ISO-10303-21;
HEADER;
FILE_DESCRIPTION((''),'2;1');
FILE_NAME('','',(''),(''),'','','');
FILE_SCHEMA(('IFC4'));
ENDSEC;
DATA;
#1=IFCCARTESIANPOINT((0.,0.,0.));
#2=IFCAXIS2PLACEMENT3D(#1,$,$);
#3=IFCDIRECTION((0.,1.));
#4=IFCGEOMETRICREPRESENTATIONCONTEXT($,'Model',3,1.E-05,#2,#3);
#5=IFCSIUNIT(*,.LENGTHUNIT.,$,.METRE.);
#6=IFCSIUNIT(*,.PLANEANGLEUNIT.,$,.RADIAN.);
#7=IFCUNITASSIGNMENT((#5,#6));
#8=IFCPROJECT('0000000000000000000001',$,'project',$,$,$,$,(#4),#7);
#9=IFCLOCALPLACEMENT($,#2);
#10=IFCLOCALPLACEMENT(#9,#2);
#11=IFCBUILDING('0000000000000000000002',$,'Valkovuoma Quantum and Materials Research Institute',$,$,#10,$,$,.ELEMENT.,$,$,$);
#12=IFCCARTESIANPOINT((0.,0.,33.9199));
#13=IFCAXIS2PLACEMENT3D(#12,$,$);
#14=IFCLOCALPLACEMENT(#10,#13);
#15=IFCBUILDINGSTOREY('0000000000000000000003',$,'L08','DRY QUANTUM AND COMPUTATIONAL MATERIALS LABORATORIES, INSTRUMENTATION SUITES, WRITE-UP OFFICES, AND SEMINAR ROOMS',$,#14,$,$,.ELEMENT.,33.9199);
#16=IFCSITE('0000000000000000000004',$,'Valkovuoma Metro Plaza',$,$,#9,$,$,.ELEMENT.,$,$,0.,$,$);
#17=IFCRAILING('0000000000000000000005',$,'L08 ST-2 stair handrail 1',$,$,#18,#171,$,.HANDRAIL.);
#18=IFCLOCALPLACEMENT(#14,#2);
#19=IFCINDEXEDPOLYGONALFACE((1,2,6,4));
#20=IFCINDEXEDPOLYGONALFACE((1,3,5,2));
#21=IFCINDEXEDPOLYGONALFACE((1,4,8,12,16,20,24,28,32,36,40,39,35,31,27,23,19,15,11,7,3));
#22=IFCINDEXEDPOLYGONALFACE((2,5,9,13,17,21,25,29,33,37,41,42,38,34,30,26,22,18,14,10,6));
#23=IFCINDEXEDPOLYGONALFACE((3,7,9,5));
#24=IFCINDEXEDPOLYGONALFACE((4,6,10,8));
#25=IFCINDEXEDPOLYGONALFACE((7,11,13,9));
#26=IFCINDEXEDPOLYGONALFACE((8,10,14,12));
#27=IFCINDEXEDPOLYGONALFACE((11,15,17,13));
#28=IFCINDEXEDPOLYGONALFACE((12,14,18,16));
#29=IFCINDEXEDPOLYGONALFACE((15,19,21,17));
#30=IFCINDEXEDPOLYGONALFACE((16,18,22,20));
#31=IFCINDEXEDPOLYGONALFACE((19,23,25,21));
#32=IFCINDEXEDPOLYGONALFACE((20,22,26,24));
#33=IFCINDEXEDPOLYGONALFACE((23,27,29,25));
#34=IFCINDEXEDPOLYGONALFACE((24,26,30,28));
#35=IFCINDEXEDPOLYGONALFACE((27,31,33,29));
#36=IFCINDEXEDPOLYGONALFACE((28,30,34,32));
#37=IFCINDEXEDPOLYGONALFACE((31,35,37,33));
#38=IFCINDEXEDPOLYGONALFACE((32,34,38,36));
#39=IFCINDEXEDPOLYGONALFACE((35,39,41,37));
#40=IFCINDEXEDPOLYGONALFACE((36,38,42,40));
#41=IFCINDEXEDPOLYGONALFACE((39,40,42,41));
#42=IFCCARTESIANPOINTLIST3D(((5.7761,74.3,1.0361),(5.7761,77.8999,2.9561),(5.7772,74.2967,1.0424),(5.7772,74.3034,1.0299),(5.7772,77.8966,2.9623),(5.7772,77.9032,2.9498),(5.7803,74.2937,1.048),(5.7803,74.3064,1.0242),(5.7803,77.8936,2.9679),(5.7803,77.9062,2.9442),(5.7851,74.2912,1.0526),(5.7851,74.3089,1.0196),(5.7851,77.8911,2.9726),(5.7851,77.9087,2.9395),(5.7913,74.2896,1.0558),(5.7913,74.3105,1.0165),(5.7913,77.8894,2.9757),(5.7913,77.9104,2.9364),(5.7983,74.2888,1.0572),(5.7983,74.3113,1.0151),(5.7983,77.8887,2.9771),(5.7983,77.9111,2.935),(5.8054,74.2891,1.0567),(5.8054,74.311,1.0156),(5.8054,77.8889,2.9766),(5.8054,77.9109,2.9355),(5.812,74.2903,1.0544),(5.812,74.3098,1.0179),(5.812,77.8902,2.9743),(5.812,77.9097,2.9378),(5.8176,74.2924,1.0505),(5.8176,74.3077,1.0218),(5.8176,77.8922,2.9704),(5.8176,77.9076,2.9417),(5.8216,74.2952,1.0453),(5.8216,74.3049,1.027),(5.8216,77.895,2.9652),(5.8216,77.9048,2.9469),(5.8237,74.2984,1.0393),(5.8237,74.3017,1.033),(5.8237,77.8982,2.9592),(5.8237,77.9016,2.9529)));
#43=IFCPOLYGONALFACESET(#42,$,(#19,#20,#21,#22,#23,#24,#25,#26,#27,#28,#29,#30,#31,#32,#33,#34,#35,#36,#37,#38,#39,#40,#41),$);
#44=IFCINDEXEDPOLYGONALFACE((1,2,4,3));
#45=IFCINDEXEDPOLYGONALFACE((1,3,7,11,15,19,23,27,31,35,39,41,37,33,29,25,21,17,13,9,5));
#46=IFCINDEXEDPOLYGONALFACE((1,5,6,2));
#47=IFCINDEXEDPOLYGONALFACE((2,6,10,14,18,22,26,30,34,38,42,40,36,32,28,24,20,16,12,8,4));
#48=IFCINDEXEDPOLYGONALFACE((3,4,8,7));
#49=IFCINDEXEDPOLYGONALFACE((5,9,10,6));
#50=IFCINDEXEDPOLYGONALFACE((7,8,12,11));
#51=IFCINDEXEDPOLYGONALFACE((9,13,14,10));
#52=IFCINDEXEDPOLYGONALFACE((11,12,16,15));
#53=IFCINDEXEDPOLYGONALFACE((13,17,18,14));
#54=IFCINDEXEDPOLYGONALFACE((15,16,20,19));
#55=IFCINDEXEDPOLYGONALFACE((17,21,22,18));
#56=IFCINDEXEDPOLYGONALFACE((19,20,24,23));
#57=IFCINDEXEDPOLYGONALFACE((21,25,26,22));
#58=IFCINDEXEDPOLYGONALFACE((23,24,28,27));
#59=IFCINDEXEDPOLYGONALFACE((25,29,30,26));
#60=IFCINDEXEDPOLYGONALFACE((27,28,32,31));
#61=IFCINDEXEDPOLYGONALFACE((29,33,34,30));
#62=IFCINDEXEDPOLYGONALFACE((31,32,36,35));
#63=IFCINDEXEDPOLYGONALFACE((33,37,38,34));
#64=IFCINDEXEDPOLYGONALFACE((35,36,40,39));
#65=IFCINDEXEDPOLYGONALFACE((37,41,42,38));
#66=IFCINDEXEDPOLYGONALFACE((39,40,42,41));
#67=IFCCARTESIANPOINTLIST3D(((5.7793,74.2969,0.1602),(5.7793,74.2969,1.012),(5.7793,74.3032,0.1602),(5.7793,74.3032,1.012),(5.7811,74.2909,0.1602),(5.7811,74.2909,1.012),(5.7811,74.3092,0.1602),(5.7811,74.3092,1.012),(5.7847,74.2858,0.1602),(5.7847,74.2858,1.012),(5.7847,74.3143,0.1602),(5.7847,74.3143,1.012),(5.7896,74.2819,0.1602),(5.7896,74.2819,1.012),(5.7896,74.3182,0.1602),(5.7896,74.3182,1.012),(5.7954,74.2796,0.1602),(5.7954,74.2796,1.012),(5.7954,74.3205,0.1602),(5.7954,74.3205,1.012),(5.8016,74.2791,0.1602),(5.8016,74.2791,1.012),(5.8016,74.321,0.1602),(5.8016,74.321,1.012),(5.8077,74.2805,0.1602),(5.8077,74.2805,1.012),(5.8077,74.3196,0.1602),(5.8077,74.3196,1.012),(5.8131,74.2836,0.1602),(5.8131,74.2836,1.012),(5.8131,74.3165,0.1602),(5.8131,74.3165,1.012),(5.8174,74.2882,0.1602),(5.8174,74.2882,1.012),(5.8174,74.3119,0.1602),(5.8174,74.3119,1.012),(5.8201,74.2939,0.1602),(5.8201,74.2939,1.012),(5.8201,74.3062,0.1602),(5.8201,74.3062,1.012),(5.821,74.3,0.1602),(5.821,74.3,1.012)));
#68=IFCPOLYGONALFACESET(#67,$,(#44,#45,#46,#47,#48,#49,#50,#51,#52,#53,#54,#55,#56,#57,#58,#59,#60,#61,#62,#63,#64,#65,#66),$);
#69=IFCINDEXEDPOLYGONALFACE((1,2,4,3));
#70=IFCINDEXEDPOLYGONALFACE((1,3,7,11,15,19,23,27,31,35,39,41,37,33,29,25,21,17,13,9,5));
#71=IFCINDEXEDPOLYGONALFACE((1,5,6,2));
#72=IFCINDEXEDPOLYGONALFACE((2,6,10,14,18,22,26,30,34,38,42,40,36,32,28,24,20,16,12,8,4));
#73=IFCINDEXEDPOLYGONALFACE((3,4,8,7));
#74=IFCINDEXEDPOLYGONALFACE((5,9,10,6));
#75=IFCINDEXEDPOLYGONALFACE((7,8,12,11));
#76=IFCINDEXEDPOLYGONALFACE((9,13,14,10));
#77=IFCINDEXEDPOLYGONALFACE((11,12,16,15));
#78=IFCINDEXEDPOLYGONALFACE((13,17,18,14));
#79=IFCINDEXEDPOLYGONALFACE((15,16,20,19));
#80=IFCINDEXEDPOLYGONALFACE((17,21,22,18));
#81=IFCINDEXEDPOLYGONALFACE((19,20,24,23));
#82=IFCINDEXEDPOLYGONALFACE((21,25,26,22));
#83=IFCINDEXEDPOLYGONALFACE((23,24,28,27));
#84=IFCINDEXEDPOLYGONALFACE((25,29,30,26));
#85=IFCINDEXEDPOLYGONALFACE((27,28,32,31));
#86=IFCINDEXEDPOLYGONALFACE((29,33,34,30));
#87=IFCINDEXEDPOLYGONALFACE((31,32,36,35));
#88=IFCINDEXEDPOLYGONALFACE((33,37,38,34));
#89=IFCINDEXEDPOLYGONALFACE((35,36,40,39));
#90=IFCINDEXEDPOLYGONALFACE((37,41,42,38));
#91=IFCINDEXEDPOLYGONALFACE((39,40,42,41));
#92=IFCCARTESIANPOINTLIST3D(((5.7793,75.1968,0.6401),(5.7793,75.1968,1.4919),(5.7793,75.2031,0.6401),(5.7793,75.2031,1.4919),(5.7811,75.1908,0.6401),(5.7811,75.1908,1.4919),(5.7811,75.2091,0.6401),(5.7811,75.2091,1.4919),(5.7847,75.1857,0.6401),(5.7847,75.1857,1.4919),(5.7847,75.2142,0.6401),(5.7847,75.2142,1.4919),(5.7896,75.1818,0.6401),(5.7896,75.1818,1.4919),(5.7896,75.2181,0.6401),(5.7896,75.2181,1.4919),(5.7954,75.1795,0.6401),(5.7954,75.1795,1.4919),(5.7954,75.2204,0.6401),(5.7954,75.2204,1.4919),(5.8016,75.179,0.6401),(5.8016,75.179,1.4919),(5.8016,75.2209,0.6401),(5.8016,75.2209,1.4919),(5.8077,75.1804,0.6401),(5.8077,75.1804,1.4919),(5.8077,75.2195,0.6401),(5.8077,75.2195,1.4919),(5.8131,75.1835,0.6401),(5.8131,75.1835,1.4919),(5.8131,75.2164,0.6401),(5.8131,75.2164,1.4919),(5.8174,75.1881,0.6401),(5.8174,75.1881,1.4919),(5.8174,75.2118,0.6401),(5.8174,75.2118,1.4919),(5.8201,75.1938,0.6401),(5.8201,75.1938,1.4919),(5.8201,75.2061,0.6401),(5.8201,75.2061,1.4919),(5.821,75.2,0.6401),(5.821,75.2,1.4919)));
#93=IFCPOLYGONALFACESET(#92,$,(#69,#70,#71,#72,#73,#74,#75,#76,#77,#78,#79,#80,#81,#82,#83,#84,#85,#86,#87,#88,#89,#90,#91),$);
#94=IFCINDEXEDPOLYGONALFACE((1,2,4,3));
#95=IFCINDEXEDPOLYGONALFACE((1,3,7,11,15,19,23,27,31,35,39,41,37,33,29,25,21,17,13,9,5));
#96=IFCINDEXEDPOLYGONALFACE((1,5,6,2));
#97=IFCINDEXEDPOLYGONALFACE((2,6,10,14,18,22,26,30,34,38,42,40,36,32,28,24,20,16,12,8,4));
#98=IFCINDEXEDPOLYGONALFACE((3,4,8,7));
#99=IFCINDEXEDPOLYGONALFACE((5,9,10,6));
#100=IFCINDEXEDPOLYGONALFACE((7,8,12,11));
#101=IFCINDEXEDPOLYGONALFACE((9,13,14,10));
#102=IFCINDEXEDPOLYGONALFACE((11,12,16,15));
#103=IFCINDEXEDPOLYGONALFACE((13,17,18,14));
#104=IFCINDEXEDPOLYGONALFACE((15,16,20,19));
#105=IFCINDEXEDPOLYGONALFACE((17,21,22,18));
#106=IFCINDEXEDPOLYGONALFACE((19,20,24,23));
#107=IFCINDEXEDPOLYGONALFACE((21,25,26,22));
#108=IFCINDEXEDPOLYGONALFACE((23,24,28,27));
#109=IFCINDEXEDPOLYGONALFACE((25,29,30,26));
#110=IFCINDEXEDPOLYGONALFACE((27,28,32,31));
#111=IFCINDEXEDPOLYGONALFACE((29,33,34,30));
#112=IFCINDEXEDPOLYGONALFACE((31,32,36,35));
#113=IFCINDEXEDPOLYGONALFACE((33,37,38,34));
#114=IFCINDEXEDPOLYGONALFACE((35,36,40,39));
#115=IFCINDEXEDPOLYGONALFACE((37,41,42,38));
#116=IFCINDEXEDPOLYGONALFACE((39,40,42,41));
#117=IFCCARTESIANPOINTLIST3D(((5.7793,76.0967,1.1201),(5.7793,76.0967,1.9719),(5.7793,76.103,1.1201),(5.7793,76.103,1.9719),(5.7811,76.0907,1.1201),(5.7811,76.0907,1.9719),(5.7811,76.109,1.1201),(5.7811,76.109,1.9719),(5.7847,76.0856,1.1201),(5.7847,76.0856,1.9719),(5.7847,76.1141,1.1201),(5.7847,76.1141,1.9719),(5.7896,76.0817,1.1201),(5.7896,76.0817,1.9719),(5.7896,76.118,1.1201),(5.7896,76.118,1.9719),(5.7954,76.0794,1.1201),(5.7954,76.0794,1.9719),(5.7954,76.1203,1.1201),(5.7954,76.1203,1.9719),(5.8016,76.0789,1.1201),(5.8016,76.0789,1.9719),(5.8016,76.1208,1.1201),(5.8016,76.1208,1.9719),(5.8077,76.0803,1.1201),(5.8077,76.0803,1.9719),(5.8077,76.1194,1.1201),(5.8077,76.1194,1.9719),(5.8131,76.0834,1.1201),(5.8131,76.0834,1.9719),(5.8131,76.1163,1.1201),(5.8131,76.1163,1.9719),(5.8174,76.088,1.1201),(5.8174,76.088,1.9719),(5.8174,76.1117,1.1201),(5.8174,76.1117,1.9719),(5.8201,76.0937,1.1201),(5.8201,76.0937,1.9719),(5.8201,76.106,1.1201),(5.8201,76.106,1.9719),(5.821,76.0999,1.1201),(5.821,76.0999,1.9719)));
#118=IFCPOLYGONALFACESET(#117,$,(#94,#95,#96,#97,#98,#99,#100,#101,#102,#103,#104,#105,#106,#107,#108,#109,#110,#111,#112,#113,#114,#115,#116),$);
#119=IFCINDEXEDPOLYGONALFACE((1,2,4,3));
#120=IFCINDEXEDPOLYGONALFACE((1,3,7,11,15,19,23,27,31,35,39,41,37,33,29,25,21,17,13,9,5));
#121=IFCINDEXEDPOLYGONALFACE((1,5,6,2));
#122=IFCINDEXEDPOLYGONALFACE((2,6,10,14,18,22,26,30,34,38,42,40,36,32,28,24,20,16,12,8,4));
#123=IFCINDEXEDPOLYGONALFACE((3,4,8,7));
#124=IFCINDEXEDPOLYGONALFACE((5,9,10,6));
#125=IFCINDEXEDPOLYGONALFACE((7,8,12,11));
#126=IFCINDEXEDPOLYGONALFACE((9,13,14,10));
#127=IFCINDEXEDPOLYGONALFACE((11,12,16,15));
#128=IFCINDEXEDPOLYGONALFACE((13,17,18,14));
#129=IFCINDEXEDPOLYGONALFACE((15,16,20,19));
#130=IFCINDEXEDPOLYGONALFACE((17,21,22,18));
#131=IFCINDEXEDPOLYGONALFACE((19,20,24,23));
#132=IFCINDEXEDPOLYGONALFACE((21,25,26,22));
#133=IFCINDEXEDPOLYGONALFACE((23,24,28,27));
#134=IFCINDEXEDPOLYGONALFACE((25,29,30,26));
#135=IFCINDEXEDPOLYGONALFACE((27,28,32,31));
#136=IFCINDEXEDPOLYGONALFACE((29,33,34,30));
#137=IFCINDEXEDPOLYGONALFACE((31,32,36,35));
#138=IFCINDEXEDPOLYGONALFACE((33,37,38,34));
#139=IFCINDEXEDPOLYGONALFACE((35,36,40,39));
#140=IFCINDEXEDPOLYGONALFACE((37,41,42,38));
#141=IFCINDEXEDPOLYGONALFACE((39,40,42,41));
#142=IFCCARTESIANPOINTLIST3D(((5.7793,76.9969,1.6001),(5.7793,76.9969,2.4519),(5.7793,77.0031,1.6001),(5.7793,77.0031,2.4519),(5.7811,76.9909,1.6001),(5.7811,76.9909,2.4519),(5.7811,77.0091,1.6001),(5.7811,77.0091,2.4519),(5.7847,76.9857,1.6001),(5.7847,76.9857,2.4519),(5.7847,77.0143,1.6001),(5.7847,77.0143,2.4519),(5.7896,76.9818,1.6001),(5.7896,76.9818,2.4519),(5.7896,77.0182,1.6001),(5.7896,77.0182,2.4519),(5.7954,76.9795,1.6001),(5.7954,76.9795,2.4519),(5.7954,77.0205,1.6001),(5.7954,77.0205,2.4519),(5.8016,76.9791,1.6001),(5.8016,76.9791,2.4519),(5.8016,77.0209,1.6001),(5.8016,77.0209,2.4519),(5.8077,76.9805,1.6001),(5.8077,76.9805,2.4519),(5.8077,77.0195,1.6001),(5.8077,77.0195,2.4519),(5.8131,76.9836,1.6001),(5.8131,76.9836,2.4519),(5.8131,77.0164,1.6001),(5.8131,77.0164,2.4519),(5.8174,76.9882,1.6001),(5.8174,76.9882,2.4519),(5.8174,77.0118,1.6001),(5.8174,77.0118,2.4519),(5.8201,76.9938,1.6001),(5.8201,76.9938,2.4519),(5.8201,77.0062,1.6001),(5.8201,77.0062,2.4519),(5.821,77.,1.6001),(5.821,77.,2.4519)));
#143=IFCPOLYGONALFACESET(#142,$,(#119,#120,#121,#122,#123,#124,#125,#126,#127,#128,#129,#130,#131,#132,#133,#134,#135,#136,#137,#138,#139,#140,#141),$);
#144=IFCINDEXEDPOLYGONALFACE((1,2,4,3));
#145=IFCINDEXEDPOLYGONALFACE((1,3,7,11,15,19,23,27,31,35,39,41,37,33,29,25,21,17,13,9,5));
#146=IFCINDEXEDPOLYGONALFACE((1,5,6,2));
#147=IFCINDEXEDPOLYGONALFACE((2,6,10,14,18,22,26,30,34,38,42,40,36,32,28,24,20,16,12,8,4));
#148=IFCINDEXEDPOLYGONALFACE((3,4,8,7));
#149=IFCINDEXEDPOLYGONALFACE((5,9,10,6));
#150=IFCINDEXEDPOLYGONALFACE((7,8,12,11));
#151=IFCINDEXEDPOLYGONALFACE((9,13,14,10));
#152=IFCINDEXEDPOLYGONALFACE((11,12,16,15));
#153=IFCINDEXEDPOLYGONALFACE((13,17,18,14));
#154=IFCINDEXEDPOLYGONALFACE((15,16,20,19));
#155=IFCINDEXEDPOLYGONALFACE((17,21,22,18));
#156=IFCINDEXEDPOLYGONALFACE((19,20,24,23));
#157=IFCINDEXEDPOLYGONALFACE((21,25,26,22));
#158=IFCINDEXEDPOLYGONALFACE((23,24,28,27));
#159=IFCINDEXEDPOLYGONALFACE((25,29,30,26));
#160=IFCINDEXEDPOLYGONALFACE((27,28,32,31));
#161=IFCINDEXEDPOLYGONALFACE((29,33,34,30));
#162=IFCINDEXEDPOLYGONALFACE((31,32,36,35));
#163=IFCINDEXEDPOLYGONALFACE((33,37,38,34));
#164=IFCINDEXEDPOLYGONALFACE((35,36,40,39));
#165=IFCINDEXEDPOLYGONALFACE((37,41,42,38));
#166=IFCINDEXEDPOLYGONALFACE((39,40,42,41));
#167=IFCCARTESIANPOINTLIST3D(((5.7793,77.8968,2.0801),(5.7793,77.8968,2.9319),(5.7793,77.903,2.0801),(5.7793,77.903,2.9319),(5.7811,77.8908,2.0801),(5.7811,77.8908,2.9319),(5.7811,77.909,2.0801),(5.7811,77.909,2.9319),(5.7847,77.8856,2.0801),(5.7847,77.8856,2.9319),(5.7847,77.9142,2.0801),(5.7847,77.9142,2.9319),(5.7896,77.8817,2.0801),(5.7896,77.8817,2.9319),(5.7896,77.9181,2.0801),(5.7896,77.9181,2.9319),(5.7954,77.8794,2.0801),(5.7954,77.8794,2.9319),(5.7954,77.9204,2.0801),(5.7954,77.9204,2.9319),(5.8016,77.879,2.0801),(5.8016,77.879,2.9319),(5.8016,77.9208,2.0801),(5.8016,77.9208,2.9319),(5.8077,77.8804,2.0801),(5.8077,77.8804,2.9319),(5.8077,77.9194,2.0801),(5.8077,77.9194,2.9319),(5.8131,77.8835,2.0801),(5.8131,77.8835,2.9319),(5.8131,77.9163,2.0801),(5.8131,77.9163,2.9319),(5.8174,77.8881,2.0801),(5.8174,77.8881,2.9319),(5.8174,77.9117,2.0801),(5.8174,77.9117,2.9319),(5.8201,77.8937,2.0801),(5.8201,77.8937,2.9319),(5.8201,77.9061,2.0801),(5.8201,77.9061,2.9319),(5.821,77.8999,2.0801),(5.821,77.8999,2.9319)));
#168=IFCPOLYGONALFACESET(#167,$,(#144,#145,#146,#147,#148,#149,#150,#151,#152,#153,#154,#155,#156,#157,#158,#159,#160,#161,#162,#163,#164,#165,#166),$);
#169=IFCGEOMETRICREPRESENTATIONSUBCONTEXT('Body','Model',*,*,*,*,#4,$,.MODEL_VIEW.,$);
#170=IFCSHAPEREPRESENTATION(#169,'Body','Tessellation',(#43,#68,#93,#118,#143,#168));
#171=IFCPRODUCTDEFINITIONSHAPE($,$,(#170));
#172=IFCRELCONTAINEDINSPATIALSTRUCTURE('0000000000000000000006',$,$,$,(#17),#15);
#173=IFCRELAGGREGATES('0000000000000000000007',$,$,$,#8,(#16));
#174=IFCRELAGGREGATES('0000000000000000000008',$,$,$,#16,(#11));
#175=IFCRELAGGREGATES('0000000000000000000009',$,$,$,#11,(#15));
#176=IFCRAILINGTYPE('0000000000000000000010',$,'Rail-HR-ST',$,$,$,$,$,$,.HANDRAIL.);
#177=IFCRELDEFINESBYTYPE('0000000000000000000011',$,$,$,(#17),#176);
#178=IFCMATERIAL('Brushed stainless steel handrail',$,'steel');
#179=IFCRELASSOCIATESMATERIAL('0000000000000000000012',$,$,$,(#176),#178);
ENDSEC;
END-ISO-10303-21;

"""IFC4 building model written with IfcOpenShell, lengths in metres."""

from ifc_helpers import new_model, si_unit, direction, frame, origin, origin_2d, place, context, subcontext, project, spatial, circle, extrude, material, type_object, element, save


model = new_model("IFC4")

# Units and contexts
model_context = context("Model", 3, precision=1e-05, world=origin(), true_north=direction((0.0, 1.0)))
body_context = subcontext(model_context, "Body", "Model", "MODEL_VIEW")
ifc_project = project(units=[si_unit("LENGTHUNIT", "METRE"), si_unit("PLANEANGLEUNIT", "RADIAN")], contexts=[model_context])

# Site, building, storey
site_placement = place(None, origin())
site = spatial("IfcSite", under=ifc_project, at=site_placement, Name="Valkovuoma Metro Plaza", CompositionType="ELEMENT", RefElevation=0.0)
building_placement = place(site_placement, origin())
building = spatial("IfcBuilding", under=site, at=building_placement, Name="Valkovuoma Quantum and Materials Research Institute", CompositionType="ELEMENT")
storey_placement = place(building_placement, frame((0.0, 0.0, 33.9199)))
storey = spatial("IfcBuildingStorey", under=building, at=storey_placement, Name="L08", Description="DRY QUANTUM AND COMPUTATIONAL MATERIALS LABORATORIES, INSTRUMENTATION SUITES, WRITE-UP OFFICES, AND SEMINAR ROOMS", CompositionType="ELEMENT", Elevation=33.9199)

# Railing
ifc_material_1 = material(Name="Brushed stainless steel handrail", Category="steel")
railing_type_1 = type_object("IfcRailingType", Name="Rail-HR-ST", PredefinedType="HANDRAIL", material=ifc_material_1)
railing_1_placement = place(storey_placement, frame((5.8, 74.3, 0.1602)))
element("IfcRailing", 1, at=railing_1_placement, inside=storey, type_object=railing_type_1, Name="L08 ST-2 stair handrail 1", PredefinedType="HANDRAIL", context=body_context, shape_type="SweptSolid", body=[
    extrude(circle(Radius=0.0239, at=origin_2d()), frame((0.0, 0.0, 0.876), z_axis=(0.0, 0.882353, 0.470588), x_axis=(-1.0, 0.0, 0.0)), (0.0, 0.0, 1.0), 4.0798),
    extrude(circle(Radius=0.021, at=origin_2d()), origin(), (0.0, 0.0, 1.0), 0.8518),
    extrude(circle(Radius=0.021, at=origin_2d()), frame((0.0, 0.8999, 0.48)), (0.0, 0.0, 1.0), 0.8518),
    extrude(circle(Radius=0.021, at=origin_2d()), frame((0.0, 1.7998, 0.96)), (0.0, 0.0, 1.0), 0.8518),
    extrude(circle(Radius=0.021, at=origin_2d()), frame((0.0, 2.7, 1.4399)), (0.0, 0.0, 1.0), 0.8518),
    extrude(circle(Radius=0.021, at=origin_2d()), frame((0.0, 3.5999, 1.9199)), (0.0, 0.0, 1.0), 0.8518),
])

save(model, "model.ifc")
